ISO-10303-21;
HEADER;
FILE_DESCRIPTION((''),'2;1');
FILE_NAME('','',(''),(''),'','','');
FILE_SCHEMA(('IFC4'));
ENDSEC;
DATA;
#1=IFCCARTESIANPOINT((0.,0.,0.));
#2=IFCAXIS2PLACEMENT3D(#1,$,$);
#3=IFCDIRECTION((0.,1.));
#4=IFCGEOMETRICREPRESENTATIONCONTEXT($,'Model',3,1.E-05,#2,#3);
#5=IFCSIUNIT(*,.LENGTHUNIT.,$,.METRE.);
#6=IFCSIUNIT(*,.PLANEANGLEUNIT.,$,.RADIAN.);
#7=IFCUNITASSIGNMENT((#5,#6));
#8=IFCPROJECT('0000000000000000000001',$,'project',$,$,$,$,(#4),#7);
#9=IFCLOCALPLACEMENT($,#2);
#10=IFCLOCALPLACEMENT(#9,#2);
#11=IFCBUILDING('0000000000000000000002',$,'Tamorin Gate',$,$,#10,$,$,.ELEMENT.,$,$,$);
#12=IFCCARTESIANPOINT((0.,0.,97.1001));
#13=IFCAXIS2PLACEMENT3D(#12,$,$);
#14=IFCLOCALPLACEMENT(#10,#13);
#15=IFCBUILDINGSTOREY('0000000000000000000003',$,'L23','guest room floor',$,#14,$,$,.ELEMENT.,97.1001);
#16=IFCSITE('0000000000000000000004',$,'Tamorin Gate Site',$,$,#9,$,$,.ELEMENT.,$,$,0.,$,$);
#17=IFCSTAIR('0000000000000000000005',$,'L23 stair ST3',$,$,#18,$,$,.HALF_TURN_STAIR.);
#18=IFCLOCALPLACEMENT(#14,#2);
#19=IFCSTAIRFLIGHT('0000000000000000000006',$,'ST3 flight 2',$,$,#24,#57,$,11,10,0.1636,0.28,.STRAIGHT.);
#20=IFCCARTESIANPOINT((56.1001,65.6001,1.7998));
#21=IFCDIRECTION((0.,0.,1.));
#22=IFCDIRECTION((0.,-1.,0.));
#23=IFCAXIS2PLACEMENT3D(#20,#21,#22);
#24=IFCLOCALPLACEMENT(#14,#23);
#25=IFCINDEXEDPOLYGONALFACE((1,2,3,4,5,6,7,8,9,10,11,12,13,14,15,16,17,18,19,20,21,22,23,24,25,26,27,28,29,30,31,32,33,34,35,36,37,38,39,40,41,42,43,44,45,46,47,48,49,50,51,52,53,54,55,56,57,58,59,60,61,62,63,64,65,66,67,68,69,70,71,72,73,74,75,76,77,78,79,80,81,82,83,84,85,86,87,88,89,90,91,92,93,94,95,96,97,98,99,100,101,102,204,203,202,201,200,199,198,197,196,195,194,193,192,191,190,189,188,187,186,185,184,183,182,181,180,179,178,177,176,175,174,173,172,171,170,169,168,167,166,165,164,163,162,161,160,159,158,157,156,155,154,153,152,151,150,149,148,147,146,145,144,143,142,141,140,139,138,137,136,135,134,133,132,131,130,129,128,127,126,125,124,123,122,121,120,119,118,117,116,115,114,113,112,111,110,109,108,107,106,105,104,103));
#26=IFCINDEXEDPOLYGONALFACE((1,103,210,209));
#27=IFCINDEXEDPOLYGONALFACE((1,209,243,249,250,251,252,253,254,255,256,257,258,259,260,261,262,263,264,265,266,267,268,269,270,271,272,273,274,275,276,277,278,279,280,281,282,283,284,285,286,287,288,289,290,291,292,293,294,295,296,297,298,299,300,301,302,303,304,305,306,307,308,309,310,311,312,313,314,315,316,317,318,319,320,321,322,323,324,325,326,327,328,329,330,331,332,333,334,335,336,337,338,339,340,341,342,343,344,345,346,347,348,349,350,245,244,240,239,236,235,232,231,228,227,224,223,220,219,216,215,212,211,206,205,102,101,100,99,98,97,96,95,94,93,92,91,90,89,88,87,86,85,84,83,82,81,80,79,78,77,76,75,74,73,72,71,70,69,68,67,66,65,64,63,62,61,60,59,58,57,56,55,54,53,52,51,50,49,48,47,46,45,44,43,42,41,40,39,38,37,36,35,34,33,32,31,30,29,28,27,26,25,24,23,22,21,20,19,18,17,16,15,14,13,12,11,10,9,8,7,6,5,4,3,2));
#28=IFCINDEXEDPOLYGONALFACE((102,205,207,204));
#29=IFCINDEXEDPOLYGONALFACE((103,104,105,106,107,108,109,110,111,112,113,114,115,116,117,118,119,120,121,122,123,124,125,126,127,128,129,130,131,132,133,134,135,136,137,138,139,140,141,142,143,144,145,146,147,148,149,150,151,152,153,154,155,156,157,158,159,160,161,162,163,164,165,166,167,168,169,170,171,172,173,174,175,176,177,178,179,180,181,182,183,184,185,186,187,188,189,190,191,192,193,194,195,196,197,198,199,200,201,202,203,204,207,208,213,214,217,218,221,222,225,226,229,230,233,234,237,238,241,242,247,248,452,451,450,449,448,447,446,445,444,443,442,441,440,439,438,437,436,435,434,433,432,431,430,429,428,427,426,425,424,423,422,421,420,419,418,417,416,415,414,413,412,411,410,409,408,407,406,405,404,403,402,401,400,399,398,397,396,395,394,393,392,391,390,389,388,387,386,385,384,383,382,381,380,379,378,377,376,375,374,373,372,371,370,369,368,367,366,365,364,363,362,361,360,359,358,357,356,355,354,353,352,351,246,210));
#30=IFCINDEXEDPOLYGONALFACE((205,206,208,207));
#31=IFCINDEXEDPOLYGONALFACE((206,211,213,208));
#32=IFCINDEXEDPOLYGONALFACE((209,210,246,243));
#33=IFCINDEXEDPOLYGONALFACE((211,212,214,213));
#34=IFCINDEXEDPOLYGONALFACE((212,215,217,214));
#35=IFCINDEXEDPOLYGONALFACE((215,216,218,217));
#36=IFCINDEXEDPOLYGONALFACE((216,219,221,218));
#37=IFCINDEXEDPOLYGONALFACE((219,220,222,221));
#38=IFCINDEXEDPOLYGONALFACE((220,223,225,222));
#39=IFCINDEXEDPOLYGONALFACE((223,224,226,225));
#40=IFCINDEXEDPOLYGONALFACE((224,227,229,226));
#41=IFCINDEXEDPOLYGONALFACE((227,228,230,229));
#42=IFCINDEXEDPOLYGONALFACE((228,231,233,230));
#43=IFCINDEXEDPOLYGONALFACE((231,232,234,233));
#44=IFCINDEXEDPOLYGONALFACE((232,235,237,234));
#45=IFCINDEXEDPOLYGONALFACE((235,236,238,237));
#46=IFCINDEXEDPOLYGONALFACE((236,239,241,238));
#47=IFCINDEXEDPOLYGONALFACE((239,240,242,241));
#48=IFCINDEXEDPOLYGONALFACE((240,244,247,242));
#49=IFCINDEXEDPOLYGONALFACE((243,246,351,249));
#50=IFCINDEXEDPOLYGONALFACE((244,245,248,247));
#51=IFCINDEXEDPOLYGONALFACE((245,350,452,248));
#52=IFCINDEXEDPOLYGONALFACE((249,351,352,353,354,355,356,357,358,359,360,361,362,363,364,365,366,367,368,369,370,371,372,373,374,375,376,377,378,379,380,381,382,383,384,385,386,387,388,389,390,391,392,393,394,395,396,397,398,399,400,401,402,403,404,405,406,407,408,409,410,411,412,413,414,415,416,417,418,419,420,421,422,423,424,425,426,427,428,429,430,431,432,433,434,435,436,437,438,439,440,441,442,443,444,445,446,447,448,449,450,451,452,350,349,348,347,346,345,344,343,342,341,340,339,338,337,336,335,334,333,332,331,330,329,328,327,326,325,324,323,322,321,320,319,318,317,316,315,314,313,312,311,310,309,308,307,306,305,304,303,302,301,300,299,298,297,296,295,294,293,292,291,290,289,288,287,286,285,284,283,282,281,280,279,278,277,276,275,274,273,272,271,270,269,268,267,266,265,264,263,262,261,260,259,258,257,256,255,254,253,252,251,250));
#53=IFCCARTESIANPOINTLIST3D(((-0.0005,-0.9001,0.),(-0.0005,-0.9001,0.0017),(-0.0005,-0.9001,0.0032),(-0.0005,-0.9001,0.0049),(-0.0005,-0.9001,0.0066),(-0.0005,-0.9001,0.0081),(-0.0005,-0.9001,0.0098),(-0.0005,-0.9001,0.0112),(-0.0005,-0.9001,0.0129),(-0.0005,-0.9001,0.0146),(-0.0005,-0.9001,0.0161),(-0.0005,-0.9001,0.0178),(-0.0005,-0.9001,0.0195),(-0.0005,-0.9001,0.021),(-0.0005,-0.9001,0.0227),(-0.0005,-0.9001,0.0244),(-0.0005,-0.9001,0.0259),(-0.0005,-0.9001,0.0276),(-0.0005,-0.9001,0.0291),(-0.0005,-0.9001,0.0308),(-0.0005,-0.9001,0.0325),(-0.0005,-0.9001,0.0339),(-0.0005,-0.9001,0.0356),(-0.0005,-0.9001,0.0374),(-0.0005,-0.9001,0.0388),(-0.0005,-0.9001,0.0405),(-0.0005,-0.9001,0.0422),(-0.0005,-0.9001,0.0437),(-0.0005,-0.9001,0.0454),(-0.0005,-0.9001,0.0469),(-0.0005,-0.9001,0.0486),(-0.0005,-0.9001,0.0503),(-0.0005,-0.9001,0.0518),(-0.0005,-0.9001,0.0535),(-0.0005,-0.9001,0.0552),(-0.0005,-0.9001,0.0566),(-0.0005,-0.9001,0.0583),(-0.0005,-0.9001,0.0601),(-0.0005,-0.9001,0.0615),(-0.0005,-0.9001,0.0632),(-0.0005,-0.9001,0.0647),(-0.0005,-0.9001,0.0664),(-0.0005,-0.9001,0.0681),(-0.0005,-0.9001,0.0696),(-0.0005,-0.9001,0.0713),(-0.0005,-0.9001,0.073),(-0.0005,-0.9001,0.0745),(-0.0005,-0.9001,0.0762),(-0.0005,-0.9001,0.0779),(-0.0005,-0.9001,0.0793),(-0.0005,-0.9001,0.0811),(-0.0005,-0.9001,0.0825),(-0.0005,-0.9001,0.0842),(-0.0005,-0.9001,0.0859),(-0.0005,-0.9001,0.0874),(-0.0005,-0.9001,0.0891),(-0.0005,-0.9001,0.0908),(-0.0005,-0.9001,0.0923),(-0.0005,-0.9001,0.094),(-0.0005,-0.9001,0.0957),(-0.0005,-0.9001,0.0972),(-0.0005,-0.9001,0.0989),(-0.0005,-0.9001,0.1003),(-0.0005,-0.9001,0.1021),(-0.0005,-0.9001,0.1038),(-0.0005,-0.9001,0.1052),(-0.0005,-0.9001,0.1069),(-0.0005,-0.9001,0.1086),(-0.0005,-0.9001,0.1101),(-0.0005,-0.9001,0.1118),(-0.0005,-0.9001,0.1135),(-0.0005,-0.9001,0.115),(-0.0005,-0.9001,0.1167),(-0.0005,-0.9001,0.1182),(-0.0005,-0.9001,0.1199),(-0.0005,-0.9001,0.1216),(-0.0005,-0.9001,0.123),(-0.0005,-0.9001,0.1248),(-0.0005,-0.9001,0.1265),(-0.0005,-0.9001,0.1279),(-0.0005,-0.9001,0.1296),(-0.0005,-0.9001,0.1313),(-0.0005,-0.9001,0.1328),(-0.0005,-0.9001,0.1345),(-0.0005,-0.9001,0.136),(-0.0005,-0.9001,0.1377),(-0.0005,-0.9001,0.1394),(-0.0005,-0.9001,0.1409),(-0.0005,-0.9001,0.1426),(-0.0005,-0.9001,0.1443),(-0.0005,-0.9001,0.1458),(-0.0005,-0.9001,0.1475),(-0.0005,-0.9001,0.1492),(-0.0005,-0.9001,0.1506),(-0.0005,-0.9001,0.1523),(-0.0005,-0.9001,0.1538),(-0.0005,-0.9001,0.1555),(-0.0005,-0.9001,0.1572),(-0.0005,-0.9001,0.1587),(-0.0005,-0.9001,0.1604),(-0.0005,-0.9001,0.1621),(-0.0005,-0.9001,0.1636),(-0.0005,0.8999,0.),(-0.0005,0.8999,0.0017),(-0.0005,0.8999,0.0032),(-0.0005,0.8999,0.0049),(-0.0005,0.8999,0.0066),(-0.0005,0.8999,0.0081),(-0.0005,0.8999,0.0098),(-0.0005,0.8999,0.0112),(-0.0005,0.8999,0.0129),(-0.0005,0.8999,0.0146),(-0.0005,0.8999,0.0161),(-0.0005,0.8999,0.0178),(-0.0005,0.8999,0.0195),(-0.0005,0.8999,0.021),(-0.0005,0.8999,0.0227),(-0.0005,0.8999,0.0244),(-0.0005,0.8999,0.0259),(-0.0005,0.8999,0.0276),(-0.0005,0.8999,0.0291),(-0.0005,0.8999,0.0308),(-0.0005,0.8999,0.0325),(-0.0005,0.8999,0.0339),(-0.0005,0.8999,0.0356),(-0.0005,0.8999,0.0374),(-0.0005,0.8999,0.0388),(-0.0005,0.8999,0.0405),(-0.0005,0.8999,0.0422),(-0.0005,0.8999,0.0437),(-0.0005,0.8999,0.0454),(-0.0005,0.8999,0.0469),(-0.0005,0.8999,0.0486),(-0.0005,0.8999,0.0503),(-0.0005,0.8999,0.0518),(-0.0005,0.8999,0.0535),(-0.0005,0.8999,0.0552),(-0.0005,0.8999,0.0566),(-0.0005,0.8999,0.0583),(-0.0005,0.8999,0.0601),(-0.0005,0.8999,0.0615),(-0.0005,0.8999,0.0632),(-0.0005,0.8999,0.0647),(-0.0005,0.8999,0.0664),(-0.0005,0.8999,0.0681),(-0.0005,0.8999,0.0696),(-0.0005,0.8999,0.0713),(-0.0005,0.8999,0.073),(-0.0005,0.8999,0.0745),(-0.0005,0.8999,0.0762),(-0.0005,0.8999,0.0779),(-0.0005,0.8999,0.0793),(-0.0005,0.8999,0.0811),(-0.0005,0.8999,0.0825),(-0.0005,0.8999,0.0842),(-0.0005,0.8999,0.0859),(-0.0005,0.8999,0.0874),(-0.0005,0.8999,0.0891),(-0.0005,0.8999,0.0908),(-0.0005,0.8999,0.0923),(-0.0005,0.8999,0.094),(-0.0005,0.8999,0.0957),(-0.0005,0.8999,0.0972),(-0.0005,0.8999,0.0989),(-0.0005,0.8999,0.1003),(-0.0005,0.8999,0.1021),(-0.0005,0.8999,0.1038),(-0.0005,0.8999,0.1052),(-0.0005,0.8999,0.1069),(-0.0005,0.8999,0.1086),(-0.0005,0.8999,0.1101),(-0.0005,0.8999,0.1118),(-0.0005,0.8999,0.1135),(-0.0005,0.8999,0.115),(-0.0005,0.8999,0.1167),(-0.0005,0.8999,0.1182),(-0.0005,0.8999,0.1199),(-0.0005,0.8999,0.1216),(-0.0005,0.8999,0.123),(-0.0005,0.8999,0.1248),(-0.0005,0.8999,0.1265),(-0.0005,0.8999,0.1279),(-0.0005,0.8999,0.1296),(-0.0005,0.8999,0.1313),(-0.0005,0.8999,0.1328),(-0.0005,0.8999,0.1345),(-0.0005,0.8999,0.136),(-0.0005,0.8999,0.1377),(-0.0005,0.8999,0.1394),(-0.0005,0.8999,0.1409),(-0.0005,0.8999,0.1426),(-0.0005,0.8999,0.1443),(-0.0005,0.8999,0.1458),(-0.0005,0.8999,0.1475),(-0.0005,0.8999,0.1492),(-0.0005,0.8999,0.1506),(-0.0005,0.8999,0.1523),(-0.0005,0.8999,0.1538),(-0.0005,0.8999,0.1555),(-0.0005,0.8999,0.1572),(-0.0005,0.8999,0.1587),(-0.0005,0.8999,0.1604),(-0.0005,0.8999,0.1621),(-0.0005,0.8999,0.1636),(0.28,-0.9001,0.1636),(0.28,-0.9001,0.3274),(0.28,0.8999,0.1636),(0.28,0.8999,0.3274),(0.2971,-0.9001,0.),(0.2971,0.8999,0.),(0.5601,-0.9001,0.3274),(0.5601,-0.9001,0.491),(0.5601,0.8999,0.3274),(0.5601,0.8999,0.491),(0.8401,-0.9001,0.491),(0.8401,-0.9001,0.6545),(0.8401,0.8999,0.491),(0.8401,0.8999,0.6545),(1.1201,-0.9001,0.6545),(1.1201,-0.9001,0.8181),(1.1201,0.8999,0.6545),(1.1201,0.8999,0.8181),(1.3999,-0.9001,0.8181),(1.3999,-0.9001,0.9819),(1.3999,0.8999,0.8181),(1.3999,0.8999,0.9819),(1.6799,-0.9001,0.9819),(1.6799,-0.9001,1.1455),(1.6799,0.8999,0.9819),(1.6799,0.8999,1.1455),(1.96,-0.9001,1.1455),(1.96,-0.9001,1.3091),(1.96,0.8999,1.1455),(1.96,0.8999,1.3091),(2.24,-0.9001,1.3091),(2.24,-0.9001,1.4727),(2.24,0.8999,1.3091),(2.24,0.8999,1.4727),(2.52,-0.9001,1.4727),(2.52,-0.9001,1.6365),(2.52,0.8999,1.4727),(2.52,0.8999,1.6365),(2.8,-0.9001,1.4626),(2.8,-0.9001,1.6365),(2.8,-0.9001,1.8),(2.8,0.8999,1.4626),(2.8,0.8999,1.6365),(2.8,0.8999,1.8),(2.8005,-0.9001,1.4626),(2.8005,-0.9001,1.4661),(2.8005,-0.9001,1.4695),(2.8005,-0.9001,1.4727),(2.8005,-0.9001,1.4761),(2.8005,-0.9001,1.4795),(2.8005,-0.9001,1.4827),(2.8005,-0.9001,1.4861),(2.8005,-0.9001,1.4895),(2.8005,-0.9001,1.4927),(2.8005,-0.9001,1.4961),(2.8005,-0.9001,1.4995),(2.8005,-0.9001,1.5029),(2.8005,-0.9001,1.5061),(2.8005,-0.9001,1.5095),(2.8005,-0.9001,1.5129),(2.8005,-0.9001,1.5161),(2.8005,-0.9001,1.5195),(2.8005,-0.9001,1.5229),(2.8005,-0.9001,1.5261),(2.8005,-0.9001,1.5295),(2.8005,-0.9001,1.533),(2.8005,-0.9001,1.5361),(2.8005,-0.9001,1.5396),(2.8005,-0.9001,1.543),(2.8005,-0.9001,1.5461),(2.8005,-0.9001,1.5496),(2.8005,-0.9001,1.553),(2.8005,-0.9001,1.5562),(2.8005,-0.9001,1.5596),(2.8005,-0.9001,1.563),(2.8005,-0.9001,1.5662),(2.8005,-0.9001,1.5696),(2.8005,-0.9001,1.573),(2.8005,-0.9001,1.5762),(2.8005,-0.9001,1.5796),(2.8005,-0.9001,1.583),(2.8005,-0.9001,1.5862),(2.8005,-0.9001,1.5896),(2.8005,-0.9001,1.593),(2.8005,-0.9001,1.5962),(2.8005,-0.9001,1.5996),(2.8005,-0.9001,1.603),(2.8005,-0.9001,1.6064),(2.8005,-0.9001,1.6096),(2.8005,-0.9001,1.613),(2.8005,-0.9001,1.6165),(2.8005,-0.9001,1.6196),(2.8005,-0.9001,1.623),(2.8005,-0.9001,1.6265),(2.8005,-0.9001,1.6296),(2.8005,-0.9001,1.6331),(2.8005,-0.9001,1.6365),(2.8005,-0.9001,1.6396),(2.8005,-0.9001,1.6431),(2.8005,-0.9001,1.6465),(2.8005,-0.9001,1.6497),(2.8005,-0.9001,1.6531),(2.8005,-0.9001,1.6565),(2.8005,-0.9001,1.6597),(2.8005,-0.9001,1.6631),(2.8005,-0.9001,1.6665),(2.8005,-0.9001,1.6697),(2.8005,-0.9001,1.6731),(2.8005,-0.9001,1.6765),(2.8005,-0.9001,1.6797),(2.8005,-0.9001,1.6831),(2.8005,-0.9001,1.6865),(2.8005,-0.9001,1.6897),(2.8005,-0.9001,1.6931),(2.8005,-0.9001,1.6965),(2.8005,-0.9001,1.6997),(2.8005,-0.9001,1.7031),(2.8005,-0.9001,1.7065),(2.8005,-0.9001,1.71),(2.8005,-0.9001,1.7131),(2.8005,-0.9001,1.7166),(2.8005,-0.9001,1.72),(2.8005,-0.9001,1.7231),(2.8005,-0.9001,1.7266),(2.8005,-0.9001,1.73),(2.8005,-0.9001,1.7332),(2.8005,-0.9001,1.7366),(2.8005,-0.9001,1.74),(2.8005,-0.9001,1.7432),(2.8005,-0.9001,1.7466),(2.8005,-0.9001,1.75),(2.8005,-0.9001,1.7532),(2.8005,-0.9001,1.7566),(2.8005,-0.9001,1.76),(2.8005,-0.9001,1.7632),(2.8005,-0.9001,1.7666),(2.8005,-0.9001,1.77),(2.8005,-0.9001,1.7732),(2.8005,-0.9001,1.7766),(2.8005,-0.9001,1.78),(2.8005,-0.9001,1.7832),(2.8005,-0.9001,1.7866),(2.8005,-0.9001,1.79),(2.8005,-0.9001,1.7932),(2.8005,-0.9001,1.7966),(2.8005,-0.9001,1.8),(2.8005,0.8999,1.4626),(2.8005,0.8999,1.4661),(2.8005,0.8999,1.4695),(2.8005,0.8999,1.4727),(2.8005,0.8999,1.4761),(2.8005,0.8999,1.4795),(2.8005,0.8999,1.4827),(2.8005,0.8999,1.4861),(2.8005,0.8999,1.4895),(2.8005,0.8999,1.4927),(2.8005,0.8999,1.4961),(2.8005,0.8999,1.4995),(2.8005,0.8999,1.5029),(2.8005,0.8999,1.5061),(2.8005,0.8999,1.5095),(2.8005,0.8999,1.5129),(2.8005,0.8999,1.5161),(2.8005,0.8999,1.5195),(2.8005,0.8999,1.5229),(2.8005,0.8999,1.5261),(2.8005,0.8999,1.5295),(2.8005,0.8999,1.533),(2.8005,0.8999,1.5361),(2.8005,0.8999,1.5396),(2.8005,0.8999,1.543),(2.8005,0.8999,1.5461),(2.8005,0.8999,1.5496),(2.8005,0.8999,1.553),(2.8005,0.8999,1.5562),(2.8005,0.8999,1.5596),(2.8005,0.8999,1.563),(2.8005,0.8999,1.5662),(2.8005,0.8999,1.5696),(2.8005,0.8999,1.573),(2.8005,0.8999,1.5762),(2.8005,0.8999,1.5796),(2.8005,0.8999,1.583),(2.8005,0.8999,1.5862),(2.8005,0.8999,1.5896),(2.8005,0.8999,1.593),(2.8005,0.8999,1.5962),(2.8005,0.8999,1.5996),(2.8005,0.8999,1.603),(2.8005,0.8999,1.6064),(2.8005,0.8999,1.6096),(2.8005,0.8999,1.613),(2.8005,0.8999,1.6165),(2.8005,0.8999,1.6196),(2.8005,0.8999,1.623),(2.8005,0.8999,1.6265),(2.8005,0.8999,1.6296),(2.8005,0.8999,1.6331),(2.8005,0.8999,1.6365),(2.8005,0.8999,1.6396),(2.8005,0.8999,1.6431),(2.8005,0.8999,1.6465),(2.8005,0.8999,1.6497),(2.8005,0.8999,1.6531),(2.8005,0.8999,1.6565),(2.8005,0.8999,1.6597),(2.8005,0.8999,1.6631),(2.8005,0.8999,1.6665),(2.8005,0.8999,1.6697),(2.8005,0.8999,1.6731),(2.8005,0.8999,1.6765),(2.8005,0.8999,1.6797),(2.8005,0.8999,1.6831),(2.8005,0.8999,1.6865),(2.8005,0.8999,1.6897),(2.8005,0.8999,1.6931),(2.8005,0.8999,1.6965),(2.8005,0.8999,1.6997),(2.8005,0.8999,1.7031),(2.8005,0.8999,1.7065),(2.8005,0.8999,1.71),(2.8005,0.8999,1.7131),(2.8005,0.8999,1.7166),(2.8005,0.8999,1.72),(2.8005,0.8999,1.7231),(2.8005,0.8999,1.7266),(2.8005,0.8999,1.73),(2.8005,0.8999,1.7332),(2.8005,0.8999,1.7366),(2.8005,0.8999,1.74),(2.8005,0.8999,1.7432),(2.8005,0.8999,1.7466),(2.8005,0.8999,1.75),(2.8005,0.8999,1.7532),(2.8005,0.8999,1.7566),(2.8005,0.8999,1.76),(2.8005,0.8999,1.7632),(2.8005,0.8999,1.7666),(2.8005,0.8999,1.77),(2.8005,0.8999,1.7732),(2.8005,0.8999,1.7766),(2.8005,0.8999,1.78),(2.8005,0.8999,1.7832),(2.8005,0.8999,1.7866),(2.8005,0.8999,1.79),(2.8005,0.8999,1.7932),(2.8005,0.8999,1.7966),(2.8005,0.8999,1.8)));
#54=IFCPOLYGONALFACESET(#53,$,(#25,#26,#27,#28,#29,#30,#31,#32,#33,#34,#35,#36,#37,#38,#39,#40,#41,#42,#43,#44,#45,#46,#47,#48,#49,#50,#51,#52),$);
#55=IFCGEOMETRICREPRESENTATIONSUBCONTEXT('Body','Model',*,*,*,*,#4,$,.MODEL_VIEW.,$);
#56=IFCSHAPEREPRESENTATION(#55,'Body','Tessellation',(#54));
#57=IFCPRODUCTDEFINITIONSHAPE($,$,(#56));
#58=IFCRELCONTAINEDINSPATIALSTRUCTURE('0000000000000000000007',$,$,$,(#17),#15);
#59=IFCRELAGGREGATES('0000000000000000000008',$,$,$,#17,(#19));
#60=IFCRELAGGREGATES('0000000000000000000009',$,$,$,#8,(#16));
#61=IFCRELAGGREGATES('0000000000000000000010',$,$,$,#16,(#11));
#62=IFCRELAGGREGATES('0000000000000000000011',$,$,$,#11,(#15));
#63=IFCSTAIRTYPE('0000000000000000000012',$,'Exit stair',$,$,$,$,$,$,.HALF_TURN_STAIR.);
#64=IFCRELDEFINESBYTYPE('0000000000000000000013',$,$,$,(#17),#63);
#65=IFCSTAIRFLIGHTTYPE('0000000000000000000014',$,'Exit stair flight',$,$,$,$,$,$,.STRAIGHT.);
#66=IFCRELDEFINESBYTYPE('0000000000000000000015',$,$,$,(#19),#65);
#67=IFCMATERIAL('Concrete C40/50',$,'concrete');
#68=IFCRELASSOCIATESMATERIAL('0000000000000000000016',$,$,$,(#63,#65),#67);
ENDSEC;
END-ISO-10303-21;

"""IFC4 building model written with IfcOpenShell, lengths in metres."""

from ifc_helpers import new_model, si_unit, direction, frame, origin, place, context, subcontext, project, spatial, polyline, outline, extrude, material, type_object, element, aggregate, save


model = new_model("IFC4")

# Units and contexts
model_context = context("Model", 3, precision=1e-05, world=origin(), true_north=direction((0.0, 1.0)))
body_context = subcontext(model_context, "Body", "Model", "MODEL_VIEW")
ifc_project = project(units=[si_unit("LENGTHUNIT", "METRE"), si_unit("PLANEANGLEUNIT", "RADIAN")], contexts=[model_context])

# Site, building, storey
site_placement = place(None, origin())
site = spatial("IfcSite", under=ifc_project, at=site_placement, Name="Tamorin Gate Site", CompositionType="ELEMENT", RefElevation=0.0)
building_placement = place(site_placement, origin())
building = spatial("IfcBuilding", under=site, at=building_placement, Name="Tamorin Gate", CompositionType="ELEMENT")
storey_placement = place(building_placement, frame((0.0, 0.0, 97.1001)))
storey = spatial("IfcBuildingStorey", under=building, at=storey_placement, Name="L23", Description="guest room floor", CompositionType="ELEMENT", Elevation=97.1001)

# Shared definitions
ifc_material_1 = material(Name="Concrete C40/50", Category="concrete")

# Stair, stair flight
stair_type = type_object("IfcStairType", Name="Exit stair", PredefinedType="HALF_TURN_STAIR", material=ifc_material_1)
stair_placement = place(storey_placement, origin())
stair = element("IfcStair", 1, at=stair_placement, inside=storey, type_object=stair_type, Name="L23 stair ST3", PredefinedType="HALF_TURN_STAIR")
stair_flight_type = type_object("IfcStairFlightType", Name="Exit stair flight", PredefinedType="STRAIGHT", material=ifc_material_1)
stair_flight_1_placement = place(storey_placement, frame((56.1001, 65.6001, 1.7998), z_axis=(0.0, 0.0, 1.0), x_axis=(0.0, -1.0, 0.0)))
stair_flight_1 = element("IfcStairFlight", 2, at=stair_flight_1_placement, type_object=stair_flight_type, Name="ST3 flight 2", NumberOfRisers=11, NumberOfTreads=10, PredefinedType="STRAIGHT", RiserHeight=0.1636, TreadLength=0.28, context=body_context, shape_type="SweptSolid", body=[
    extrude(outline(polyline([(-0.0005, 0.0), (-0.0005, 0.0017), (-0.0005, 0.0032), (-0.0005, 0.0049), (-0.0005, 0.0066), (-0.0005, 0.0081), (-0.0005, 0.0098), (-0.0005, 0.0112), (-0.0005, 0.0129), (-0.0005, 0.0146), (-0.0005, 0.0161), (-0.0005, 0.0178), (-0.0005, 0.0195), (-0.0005, 0.021), (-0.0005, 0.0227), (-0.0005, 0.0244), (-0.0005, 0.0259), (-0.0005, 0.0276), (-0.0005, 0.0291), (-0.0005, 0.0308), (-0.0005, 0.0325), (-0.0005, 0.0339), (-0.0005, 0.0356), (-0.0005, 0.0374), (-0.0005, 0.0388), (-0.0005, 0.0405), (-0.0005, 0.0422), (-0.0005, 0.0437), (-0.0005, 0.0454), (-0.0005, 0.0469), (-0.0005, 0.0486), (-0.0005, 0.0503), (-0.0005, 0.0518), (-0.0005, 0.0535), (-0.0005, 0.0552), (-0.0005, 0.0566), (-0.0005, 0.0583), (-0.0005, 0.0601), (-0.0005, 0.0615), (-0.0005, 0.0632), (-0.0005, 0.0647), (-0.0005, 0.0664), (-0.0005, 0.0681), (-0.0005, 0.0696), (-0.0005, 0.0713), (-0.0005, 0.073), (-0.0005, 0.0745), (-0.0005, 0.0762), (-0.0005, 0.0779), (-0.0005, 0.0793), (-0.0005, 0.0811), (-0.0005, 0.0825), (-0.0005, 0.0842), (-0.0005, 0.0859), (-0.0005, 0.0874), (-0.0005, 0.0891), (-0.0005, 0.0908), (-0.0005, 0.0923), (-0.0005, 0.094), (-0.0005, 0.0957), (-0.0005, 0.0972), (-0.0005, 0.0989), (-0.0005, 0.1003), (-0.0005, 0.1021), (-0.0005, 0.1038), (-0.0005, 0.1052), (-0.0005, 0.1069), (-0.0005, 0.1086), (-0.0005, 0.1101), (-0.0005, 0.1118), (-0.0005, 0.1135), (-0.0005, 0.115), (-0.0005, 0.1167), (-0.0005, 0.1182), (-0.0005, 0.1199), (-0.0005, 0.1216), (-0.0005, 0.123), (-0.0005, 0.1248), (-0.0005, 0.1265), (-0.0005, 0.1279), (-0.0005, 0.1296), (-0.0005, 0.1313), (-0.0005, 0.1328), (-0.0005, 0.1345), (-0.0005, 0.136), (-0.0005, 0.1377), (-0.0005, 0.1394), (-0.0005, 0.1409), (-0.0005, 0.1426), (-0.0005, 0.1443), (-0.0005, 0.1458), (-0.0005, 0.1475), (-0.0005, 0.1492), (-0.0005, 0.1506), (-0.0005, 0.1523), (-0.0005, 0.1538), (-0.0005, 0.1555), (-0.0005, 0.1572), (-0.0005, 0.1587), (-0.0005, 0.1604), (-0.0005, 0.1621), (-0.0005, 0.1636), (0.28, 0.1636), (0.28, 0.3274), (0.5601, 0.3274), (0.5601, 0.491), (0.8401, 0.491), (0.8401, 0.6545), (1.1201, 0.6545), (1.1201, 0.8181), (1.3999, 0.8181), (1.3999, 0.9819), (1.6799, 0.9819), (1.6799, 1.1455), (1.96, 1.1455), (1.96, 1.3091), (2.24, 1.3091), (2.24, 1.4727), (2.52, 1.4727), (2.52, 1.6365), (2.8, 1.6365), (2.8, 1.8), (2.8005, 1.8), (2.8005, 1.7966), (2.8005, 1.7932), (2.8005, 1.79), (2.8005, 1.7866), (2.8005, 1.7832), (2.8005, 1.78), (2.8005, 1.7766), (2.8005, 1.7732), (2.8005, 1.77), (2.8005, 1.7666), (2.8005, 1.7632), (2.8005, 1.76), (2.8005, 1.7566), (2.8005, 1.7532), (2.8005, 1.75), (2.8005, 1.7466), (2.8005, 1.7432), (2.8005, 1.74), (2.8005, 1.7366), (2.8005, 1.7332), (2.8005, 1.73), (2.8005, 1.7266), (2.8005, 1.7231), (2.8005, 1.72), (2.8005, 1.7166), (2.8005, 1.7131), (2.8005, 1.71), (2.8005, 1.7065), (2.8005, 1.7031), (2.8005, 1.6997), (2.8005, 1.6965), (2.8005, 1.6931), (2.8005, 1.6897), (2.8005, 1.6865), (2.8005, 1.6831), (2.8005, 1.6797), (2.8005, 1.6765), (2.8005, 1.6731), (2.8005, 1.6697), (2.8005, 1.6665), (2.8005, 1.6631), (2.8005, 1.6597), (2.8005, 1.6565), (2.8005, 1.6531), (2.8005, 1.6497), (2.8005, 1.6465), (2.8005, 1.6431), (2.8005, 1.6396), (2.8005, 1.6365), (2.8005, 1.6331), (2.8005, 1.6296), (2.8005, 1.6265), (2.8005, 1.623), (2.8005, 1.6196), (2.8005, 1.6165), (2.8005, 1.613), (2.8005, 1.6096), (2.8005, 1.6064), (2.8005, 1.603), (2.8005, 1.5996), (2.8005, 1.5962), (2.8005, 1.593), (2.8005, 1.5896), (2.8005, 1.5862), (2.8005, 1.583), (2.8005, 1.5796), (2.8005, 1.5762), (2.8005, 1.573), (2.8005, 1.5696), (2.8005, 1.5662), (2.8005, 1.563), (2.8005, 1.5596), (2.8005, 1.5562), (2.8005, 1.553), (2.8005, 1.5496), (2.8005, 1.5461), (2.8005, 1.543), (2.8005, 1.5396), (2.8005, 1.5361), (2.8005, 1.533), (2.8005, 1.5295), (2.8005, 1.5261), (2.8005, 1.5229), (2.8005, 1.5195), (2.8005, 1.5161), (2.8005, 1.5129), (2.8005, 1.5095), (2.8005, 1.5061), (2.8005, 1.5029), (2.8005, 1.4995), (2.8005, 1.4961), (2.8005, 1.4927), (2.8005, 1.4895), (2.8005, 1.4861), (2.8005, 1.4827), (2.8005, 1.4795), (2.8005, 1.4761), (2.8005, 1.4727), (2.8005, 1.4695), (2.8005, 1.4661), (2.8005, 1.4626), (2.8, 1.4626), (0.2971, 0.0), (-0.0005, 0.0)])), frame((0.0, 0.8999, 0.0), z_axis=(0.0, -1.0, 0.0), x_axis=(1.0, 0.0, 0.0)), (0.0, 0.0, 1.0), 1.8),
])
aggregate(stair, [stair_flight_1])

save(model, "model.ifc")
